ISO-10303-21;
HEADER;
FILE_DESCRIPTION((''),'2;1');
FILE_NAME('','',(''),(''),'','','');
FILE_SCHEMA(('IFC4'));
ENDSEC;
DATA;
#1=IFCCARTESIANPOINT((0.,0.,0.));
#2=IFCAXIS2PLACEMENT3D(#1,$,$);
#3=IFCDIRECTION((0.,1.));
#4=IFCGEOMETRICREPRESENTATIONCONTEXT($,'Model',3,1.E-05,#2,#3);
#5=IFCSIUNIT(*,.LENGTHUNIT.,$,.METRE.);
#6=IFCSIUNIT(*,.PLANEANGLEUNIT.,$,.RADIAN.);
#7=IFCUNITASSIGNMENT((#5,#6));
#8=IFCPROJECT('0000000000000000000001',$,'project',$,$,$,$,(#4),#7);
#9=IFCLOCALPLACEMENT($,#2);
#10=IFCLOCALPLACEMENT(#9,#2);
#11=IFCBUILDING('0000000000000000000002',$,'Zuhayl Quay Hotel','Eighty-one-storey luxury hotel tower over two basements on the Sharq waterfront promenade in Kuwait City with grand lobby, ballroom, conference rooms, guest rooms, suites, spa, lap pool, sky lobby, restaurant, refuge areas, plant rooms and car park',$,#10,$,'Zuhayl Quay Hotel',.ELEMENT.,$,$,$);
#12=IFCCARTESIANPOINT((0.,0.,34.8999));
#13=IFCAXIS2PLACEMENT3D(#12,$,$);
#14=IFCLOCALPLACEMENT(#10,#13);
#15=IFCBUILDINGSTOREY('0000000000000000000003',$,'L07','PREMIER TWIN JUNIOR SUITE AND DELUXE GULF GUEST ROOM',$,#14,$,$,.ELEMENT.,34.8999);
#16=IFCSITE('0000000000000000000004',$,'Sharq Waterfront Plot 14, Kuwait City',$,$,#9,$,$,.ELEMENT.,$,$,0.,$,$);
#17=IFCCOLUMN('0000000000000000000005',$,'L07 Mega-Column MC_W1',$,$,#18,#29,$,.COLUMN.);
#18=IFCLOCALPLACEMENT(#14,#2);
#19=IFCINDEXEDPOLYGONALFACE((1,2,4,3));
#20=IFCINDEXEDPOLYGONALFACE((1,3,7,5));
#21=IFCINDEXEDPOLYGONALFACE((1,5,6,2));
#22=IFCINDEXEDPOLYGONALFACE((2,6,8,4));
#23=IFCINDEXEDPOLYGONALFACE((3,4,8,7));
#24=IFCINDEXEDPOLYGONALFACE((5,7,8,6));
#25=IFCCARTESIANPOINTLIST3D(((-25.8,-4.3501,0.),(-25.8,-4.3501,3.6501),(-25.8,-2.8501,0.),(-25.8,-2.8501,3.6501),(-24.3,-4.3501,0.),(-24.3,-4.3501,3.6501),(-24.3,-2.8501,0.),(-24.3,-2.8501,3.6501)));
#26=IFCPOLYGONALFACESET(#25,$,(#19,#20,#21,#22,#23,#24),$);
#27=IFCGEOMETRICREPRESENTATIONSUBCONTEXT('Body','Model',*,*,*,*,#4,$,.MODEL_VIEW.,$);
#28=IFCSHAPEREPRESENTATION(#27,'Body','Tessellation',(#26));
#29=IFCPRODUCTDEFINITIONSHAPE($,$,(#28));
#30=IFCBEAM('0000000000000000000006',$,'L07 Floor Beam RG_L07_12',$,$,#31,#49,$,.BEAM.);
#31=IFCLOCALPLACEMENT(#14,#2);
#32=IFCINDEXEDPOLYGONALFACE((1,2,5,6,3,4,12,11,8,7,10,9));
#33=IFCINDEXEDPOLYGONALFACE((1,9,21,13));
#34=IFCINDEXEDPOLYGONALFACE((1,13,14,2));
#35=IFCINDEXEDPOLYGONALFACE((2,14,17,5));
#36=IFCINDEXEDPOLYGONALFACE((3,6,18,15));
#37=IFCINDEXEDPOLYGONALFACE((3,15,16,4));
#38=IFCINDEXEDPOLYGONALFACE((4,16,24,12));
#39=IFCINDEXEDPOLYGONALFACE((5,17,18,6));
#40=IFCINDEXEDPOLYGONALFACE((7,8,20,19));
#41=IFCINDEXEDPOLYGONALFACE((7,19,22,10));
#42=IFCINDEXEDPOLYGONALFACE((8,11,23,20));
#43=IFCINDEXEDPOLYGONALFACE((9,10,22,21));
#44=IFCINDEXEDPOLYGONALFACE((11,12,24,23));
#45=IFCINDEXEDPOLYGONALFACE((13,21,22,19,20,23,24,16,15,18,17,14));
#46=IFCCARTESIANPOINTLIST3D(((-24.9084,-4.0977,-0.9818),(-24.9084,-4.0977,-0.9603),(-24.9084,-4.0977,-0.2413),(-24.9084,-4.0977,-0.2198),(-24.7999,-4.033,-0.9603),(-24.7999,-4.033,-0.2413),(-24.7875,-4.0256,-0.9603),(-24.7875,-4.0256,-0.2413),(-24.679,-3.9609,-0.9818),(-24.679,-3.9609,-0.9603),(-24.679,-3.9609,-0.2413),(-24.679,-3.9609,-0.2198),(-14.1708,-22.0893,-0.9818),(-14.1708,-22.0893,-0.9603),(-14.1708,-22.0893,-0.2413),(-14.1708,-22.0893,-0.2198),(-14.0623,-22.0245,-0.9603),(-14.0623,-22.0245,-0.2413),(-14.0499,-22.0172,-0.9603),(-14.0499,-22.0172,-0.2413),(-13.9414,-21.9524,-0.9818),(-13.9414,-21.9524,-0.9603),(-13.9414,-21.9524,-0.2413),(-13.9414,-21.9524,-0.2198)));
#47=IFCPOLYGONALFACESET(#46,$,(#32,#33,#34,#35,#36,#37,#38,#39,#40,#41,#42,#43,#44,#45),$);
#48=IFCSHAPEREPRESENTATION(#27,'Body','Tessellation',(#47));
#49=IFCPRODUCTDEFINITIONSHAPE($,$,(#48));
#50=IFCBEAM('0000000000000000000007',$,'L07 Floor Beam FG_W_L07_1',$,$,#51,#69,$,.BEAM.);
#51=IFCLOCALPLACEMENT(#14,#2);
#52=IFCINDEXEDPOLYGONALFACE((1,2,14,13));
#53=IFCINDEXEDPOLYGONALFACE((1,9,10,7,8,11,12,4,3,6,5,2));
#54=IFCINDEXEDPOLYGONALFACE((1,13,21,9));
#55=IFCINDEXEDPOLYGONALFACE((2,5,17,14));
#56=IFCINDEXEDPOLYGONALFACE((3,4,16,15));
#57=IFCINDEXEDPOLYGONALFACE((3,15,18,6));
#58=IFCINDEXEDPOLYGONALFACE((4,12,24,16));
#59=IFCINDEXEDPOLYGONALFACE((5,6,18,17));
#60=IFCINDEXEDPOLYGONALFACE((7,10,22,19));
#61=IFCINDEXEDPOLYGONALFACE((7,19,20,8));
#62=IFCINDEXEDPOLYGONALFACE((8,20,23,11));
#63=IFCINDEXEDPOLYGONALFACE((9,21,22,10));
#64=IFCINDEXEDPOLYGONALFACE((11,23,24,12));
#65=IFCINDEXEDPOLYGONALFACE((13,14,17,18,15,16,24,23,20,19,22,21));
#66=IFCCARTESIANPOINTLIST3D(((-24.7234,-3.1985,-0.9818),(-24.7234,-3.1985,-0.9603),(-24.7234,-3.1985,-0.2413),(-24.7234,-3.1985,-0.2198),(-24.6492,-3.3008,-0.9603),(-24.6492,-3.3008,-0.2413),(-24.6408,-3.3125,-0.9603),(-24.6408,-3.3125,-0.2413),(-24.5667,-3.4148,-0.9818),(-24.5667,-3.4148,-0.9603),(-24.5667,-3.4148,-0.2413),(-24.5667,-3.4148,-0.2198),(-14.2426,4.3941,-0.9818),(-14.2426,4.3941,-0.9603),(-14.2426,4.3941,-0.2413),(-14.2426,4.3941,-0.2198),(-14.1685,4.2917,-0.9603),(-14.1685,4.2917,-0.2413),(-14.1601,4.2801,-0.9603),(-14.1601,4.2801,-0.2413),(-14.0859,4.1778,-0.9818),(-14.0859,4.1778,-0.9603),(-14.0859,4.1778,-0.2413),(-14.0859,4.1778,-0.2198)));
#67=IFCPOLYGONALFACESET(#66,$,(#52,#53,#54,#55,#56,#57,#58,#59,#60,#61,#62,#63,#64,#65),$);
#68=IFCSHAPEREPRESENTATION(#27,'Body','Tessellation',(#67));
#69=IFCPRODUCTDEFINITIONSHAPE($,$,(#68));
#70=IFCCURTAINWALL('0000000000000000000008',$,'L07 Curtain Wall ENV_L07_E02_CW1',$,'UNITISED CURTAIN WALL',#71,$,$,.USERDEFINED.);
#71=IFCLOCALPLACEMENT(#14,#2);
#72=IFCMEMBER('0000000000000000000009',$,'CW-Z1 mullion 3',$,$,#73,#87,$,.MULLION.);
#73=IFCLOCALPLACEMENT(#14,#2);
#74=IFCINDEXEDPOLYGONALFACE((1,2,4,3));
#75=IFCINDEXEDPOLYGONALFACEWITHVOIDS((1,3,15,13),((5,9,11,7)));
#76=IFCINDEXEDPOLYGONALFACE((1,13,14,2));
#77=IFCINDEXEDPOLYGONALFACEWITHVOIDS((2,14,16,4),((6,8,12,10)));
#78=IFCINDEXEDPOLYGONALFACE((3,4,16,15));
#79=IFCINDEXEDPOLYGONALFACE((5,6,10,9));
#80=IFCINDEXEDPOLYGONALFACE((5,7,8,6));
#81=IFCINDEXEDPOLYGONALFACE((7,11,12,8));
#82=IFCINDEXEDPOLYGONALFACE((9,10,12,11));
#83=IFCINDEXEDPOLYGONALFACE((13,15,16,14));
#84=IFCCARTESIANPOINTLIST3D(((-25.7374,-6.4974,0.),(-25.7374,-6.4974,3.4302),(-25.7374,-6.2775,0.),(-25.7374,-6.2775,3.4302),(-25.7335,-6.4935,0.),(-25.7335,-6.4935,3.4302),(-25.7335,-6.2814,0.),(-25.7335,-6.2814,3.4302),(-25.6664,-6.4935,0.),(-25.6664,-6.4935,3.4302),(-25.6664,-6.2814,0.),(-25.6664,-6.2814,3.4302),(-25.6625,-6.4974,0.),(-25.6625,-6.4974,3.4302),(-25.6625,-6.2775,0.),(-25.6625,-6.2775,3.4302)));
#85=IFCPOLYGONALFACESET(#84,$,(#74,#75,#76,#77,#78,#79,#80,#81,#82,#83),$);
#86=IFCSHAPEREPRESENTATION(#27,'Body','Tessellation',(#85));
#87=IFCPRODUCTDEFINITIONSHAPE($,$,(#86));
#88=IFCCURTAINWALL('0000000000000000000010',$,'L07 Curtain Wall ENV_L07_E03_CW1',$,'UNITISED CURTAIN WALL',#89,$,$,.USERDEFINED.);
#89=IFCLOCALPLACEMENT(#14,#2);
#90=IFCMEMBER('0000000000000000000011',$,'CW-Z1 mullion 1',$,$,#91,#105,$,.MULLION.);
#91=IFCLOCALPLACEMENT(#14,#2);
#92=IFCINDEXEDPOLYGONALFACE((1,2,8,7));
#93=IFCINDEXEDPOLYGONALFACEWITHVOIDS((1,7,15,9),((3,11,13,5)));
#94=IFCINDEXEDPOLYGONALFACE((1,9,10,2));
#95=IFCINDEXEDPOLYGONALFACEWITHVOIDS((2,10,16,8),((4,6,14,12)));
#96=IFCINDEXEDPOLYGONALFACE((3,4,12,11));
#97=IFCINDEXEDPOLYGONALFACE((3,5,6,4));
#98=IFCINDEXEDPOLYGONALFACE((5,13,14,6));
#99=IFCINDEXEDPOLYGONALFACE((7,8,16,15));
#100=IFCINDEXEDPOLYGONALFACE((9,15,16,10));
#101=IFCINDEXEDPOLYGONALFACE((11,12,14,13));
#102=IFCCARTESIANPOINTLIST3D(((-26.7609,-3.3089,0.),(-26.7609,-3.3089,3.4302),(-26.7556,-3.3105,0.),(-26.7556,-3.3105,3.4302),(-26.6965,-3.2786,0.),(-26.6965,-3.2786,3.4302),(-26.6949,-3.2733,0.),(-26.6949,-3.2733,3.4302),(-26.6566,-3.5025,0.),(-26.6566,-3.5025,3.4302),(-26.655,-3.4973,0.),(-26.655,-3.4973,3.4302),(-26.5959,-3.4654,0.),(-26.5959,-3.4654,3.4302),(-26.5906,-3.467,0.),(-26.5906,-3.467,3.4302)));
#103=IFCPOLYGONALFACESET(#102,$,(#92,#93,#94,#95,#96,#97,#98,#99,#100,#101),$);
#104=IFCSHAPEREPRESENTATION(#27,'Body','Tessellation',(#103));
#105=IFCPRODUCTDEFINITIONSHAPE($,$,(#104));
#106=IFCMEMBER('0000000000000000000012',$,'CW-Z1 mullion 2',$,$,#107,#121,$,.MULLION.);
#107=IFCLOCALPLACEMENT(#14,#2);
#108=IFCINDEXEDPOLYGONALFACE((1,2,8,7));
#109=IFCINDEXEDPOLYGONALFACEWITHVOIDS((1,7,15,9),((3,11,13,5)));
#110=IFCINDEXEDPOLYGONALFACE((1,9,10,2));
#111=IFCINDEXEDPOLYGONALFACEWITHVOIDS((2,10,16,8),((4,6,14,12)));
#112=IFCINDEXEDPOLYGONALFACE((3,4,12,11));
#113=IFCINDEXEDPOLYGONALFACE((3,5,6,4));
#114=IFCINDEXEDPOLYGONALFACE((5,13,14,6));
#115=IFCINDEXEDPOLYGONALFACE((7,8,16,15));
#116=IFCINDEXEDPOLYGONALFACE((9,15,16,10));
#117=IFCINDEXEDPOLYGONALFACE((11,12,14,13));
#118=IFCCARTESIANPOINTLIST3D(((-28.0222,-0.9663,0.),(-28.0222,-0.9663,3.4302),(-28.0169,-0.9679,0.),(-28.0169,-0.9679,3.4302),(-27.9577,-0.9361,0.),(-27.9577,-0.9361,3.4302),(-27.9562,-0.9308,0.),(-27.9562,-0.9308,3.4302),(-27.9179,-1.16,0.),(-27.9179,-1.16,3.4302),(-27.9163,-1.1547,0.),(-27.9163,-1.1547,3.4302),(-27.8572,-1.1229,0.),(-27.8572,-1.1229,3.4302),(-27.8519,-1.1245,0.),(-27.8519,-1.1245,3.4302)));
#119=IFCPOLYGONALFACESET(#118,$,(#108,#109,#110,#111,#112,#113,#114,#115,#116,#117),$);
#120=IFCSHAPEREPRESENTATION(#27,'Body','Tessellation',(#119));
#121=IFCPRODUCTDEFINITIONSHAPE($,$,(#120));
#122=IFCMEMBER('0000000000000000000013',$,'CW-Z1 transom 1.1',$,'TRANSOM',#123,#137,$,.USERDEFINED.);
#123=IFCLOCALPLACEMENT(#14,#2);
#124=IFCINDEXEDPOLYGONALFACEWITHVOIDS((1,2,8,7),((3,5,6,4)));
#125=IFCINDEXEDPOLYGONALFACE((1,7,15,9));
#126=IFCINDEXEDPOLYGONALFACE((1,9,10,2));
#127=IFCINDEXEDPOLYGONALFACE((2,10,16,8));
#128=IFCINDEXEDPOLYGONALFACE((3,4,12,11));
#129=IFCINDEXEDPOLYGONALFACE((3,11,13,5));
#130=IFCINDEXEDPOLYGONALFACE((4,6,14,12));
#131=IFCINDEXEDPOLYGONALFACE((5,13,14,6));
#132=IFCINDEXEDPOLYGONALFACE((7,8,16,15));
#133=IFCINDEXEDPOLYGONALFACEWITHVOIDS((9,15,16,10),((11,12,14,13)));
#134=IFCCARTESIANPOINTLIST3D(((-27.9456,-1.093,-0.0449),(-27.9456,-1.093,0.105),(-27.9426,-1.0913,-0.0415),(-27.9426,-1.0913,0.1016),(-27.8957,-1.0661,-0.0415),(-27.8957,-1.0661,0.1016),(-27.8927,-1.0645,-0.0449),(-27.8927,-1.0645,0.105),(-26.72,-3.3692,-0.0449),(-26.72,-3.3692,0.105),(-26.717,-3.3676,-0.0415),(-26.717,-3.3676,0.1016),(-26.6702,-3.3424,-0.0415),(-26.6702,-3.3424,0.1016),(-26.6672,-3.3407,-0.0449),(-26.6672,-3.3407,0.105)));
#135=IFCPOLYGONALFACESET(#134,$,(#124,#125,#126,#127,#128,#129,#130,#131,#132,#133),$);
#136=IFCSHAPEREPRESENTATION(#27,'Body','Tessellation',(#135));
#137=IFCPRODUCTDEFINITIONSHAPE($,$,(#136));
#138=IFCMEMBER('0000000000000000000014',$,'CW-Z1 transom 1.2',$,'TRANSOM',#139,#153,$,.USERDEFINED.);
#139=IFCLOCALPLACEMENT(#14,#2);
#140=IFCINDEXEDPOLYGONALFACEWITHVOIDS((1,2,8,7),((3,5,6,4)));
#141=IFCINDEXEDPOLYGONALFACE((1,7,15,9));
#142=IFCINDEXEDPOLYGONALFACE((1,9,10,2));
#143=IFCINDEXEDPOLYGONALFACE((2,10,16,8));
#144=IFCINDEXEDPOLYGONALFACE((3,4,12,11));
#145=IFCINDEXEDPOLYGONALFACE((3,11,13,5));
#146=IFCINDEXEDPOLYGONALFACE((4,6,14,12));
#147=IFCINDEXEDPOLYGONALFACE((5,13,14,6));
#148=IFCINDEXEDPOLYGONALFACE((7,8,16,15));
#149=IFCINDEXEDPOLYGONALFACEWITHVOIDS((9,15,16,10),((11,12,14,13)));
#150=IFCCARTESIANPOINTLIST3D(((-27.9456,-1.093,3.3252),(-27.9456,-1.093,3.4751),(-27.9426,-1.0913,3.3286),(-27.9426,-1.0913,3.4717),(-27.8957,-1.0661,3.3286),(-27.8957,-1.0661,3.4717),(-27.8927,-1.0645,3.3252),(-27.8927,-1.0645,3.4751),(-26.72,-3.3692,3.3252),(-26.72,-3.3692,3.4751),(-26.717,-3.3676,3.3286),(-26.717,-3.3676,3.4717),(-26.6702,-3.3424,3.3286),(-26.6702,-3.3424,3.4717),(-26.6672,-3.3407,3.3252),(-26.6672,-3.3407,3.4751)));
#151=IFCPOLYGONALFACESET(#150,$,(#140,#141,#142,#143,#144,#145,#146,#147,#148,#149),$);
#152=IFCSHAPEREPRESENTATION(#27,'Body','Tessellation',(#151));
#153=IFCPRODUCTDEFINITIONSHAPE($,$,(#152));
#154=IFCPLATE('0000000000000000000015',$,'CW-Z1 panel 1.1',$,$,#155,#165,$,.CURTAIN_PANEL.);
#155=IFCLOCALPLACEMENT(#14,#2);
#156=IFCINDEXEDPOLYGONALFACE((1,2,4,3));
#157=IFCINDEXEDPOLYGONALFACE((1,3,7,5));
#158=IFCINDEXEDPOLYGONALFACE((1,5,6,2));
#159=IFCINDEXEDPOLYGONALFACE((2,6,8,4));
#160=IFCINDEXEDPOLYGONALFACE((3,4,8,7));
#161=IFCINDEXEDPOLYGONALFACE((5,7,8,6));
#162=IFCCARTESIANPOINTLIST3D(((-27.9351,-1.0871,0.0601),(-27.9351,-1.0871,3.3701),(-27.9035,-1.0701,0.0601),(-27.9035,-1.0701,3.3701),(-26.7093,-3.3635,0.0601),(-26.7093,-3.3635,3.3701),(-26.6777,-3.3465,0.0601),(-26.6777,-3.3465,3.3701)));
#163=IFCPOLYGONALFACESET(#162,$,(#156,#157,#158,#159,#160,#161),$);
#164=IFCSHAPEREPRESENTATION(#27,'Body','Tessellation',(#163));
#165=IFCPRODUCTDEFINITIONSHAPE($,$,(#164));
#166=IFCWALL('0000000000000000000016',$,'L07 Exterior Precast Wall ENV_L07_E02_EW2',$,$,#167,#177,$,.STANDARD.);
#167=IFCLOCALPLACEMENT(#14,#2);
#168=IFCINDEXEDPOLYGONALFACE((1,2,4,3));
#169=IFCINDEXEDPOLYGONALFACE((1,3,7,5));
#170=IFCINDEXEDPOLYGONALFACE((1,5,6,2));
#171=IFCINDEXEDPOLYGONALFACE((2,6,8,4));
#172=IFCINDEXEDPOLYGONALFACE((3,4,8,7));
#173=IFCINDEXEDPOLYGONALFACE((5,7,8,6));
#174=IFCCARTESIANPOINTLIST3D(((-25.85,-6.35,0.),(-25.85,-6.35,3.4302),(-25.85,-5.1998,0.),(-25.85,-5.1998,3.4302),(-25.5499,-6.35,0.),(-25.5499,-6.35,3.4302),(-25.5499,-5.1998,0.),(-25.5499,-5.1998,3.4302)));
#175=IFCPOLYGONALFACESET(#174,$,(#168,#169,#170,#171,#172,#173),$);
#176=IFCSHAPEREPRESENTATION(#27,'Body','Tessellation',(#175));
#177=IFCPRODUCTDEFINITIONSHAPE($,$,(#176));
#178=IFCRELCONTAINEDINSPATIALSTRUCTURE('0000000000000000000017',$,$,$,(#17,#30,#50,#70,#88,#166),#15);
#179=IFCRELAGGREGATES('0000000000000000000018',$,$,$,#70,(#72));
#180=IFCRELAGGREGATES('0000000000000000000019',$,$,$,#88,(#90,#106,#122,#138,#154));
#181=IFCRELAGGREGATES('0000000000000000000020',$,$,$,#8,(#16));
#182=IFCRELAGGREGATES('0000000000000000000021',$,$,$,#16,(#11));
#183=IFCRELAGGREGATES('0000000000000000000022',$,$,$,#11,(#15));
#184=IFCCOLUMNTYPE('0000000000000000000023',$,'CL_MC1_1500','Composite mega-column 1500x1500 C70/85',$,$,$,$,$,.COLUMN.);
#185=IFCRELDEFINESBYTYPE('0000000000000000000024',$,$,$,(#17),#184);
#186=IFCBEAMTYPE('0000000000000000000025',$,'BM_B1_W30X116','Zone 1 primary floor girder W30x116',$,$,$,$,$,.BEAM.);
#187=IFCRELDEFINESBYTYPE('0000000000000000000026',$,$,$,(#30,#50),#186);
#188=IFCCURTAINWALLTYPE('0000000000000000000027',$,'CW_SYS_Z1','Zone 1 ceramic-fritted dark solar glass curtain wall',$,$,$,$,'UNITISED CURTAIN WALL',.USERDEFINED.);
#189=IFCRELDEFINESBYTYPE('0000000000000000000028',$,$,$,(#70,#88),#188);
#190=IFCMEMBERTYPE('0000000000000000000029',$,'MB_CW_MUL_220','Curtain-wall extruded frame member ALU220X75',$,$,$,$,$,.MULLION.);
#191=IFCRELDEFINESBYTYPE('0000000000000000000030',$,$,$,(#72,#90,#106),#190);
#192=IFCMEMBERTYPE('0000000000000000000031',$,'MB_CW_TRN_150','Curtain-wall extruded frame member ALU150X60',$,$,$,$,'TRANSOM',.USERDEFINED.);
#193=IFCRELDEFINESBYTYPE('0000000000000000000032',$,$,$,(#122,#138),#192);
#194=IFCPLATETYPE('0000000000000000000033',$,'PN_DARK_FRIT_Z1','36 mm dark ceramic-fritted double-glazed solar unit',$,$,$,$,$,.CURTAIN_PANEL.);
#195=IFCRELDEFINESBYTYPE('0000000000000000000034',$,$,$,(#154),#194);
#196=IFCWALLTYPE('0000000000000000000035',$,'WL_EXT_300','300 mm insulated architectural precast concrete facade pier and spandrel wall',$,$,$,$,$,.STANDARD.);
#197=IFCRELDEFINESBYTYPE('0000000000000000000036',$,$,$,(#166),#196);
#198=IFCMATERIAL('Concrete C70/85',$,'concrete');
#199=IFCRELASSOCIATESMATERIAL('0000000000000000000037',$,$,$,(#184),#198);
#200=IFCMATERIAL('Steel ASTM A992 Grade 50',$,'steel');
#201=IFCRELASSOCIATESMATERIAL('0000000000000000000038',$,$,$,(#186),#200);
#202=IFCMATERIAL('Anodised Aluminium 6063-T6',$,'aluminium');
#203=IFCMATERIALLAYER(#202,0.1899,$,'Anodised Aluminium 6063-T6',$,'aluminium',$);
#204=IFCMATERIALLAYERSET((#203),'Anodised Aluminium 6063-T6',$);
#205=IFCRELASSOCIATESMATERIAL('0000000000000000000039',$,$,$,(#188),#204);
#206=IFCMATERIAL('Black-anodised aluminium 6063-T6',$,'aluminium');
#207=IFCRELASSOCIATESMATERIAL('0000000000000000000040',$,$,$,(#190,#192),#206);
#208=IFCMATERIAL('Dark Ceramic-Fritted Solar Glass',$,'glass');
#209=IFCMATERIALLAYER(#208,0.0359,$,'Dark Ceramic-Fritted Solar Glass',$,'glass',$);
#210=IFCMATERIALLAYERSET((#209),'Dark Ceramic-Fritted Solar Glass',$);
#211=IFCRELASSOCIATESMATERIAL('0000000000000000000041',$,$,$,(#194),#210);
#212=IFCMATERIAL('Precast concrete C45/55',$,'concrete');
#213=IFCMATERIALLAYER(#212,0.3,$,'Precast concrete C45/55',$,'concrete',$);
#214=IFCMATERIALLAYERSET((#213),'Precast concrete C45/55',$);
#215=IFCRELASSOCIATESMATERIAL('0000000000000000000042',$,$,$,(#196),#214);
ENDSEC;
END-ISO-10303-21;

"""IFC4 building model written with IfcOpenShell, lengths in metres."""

from ifc_helpers import new_model, si_unit, direction, frame, frame_2d, origin, origin_2d, place, context, subcontext, project, spatial, rectangle, hollow_rectangle, i_section, extrude, material, layer, layer_set, material_profile, profile_set, type_object, element, aggregate, save


model = new_model("IFC4")

# Units and contexts
model_context = context("Model", 3, precision=1e-05, world=origin(), true_north=direction((0.0, 1.0)))
body_context = subcontext(model_context, "Body", "Model", "MODEL_VIEW")
ifc_project = project(units=[si_unit("LENGTHUNIT", "METRE"), si_unit("PLANEANGLEUNIT", "RADIAN")], contexts=[model_context])

# Site, building, storey
site_placement = place(None, origin())
site = spatial("IfcSite", under=ifc_project, at=site_placement, Name="Sharq Waterfront Plot 14, Kuwait City", CompositionType="ELEMENT", RefElevation=0.0)
building_placement = place(site_placement, origin())
building = spatial("IfcBuilding", under=site, at=building_placement, Name="Zuhayl Quay Hotel", Description="Eighty-one-storey luxury hotel tower over two basements on the Sharq waterfront promenade in Kuwait City with grand lobby, ballroom, conference rooms, guest rooms, suites, spa, lap pool, sky lobby, restaurant, refuge areas, plant rooms and car park", LongName="Zuhayl Quay Hotel", CompositionType="ELEMENT")
storey_placement = place(building_placement, frame((0.0, 0.0, 34.8999)))
storey = spatial("IfcBuildingStorey", under=building, at=storey_placement, Name="L07", Description="PREMIER TWIN JUNIOR SUITE AND DELUXE GULF GUEST ROOM", CompositionType="ELEMENT", Elevation=34.8999)

# Column
ifc_material_1 = material(Name="Concrete C70/85", Category="concrete")
ifc_material_profile_1 = material_profile(ifc_material_1, rectangle(XDim=1.5, YDim=1.5, at=origin_2d()), Name="RC1500X1500")
ifc_profile_set_1 = profile_set([ifc_material_profile_1], Name="Concrete C70/85")
column_type = type_object("IfcColumnType", Name="CL_MC1_1500", Description="Composite mega-column 1500x1500 C70/85", PredefinedType="COLUMN", material=ifc_profile_set_1)
column_placement = place(storey_placement, frame((-25.05, -3.6001, 0.0), z_axis=(0.0, 0.0, 1.0), x_axis=(1.0, 0.0, 0.0)))
element("IfcColumn", 1, at=column_placement, inside=storey, type_object=column_type, Name="L07 Mega-Column MC_W1", PredefinedType="COLUMN", context=body_context, shape_type="SweptSolid", body=[
    extrude(rectangle(XDim=1.5, YDim=1.5, at=origin_2d()), origin(), (0.0, 0.0, 1.0), 3.6501),
])

# Beams
ifc_material_2 = material(Name="Steel ASTM A992 Grade 50", Category="steel")
ifc_material_profile_2 = material_profile(ifc_material_2, i_section(OverallWidth=0.2671, OverallDepth=0.762, WebThickness=0.0144, FlangeThickness=0.0215, at=origin_2d()), Name="W30X116")
ifc_profile_set_2 = profile_set([ifc_material_profile_2], Name="Steel ASTM A992 Grade 50")
beam_type = type_object("IfcBeamType", Name="BM_B1_W30X116", Description="Zone 1 primary floor girder W30x116", PredefinedType="BEAM", material=ifc_profile_set_2)
beam_1_placement = place(storey_placement, frame((-24.7937, -4.0293, -0.6008), z_axis=(0.512483, -0.858698, 0.0), x_axis=(0.858698, 0.512483, 0.0)))
element("IfcBeam", 2, at=beam_1_placement, inside=storey, type_object=beam_type, Name="L07 Floor Beam RG_L07_12", PredefinedType="BEAM", context=body_context, shape_type="SweptSolid", body=[
    extrude(i_section(OverallWidth=0.2671, OverallDepth=0.762, WebThickness=0.0144, FlangeThickness=0.0215, at=origin_2d()), origin(), (0.0, 0.0, 1.0), 20.9521),
])
beam_2_placement = place(storey_placement, frame((-24.645, -3.3066, -0.6008), z_axis=(0.80983, 0.586664, 0.0), x_axis=(-0.586664, 0.80983, 0.0)))
element("IfcBeam", 3, at=beam_2_placement, inside=storey, type_object=beam_type, Name="L07 Floor Beam FG_W_L07_1", PredefinedType="BEAM", context=body_context, shape_type="SweptSolid", body=[
    extrude(i_section(OverallWidth=0.2671, OverallDepth=0.762, WebThickness=0.0144, FlangeThickness=0.0215, at=origin_2d()), origin(), (0.0, 0.0, 1.0), 12.9419),
])

# Curtain wall, member
ifc_material_3 = material(Name="Anodised Aluminium 6063-T6", Category="aluminium")
ifc_layer_1 = layer(ifc_material_3, 0.1899, Name="Anodised Aluminium 6063-T6", Category="aluminium")
ifc_layer_set_1 = layer_set([ifc_layer_1], Name="Anodised Aluminium 6063-T6")
curtain_wall_type = type_object("IfcCurtainWallType", Name="CW_SYS_Z1", Description="Zone 1 ceramic-fritted dark solar glass curtain wall", ElementType="UNITISED CURTAIN WALL", PredefinedType="USERDEFINED", material=ifc_layer_set_1)
curtain_wall_1_placement = place(storey_placement, origin())
curtain_wall_1 = element("IfcCurtainWall", 4, at=curtain_wall_1_placement, inside=storey, type_object=curtain_wall_type, Name="L07 Curtain Wall ENV_L07_E02_CW1", ObjectType="UNITISED CURTAIN WALL", PredefinedType="USERDEFINED")
ifc_material_4 = material(Name="Black-anodised aluminium 6063-T6", Category="aluminium")
ifc_material_profile_3 = material_profile(ifc_material_4, hollow_rectangle(XDim=0.075, YDim=0.22, WallThickness=0.0039, at=origin_2d()), Name="ALU220X75")
ifc_profile_set_3 = profile_set([ifc_material_profile_3], Name="Black-anodised aluminium 6063-T6")
member_type_1 = type_object("IfcMemberType", Name="MB_CW_MUL_220", Description="Curtain-wall extruded frame member ALU220X75", PredefinedType="MULLION", material=ifc_profile_set_3)
member_1_placement = place(storey_placement, frame((-25.7, -6.3875, 0.0), z_axis=(0.0, 0.0, 1.0), x_axis=(-1.0, 0.0, 0.0)))
member_1 = element("IfcMember", 5, at=member_1_placement, type_object=member_type_1, Name="CW-Z1 mullion 3", PredefinedType="MULLION", context=body_context, shape_type="SweptSolid", body=[
    extrude(hollow_rectangle(XDim=0.075, YDim=0.22, WallThickness=0.0039, at=origin_2d()), origin(), (0.0, 0.0, 1.0), 3.4302),
])
aggregate(curtain_wall_1, [member_1])

# Curtain wall, members, plate
curtain_wall_2_placement = place(storey_placement, origin())
curtain_wall_2 = element("IfcCurtainWall", 6, at=curtain_wall_2_placement, inside=storey, type_object=curtain_wall_type, Name="L07 Curtain Wall ENV_L07_E03_CW1", ObjectType="UNITISED CURTAIN WALL", PredefinedType="USERDEFINED")
member_2_placement = place(storey_placement, frame((-26.6758, -3.3879, 0.0), z_axis=(0.0, 0.0, 1.0), x_axis=(-0.880476, -0.474091, 0.0)))
member_2 = element("IfcMember", 7, at=member_2_placement, type_object=member_type_1, Name="CW-Z1 mullion 1", PredefinedType="MULLION", context=body_context, shape_type="SweptSolid", body=[
    extrude(hollow_rectangle(XDim=0.075, YDim=0.22, WallThickness=0.0039, at=origin_2d()), origin(), (0.0, 0.0, 1.0), 3.4302),
])
member_3_placement = place(storey_placement, frame((-27.937, -1.0454, 0.0), z_axis=(0.0, 0.0, 1.0), x_axis=(-0.880476, -0.474091, 0.0)))
member_3 = element("IfcMember", 8, at=member_3_placement, type_object=member_type_1, Name="CW-Z1 mullion 2", PredefinedType="MULLION", context=body_context, shape_type="SweptSolid", body=[
    extrude(hollow_rectangle(XDim=0.075, YDim=0.22, WallThickness=0.0039, at=origin_2d()), origin(), (0.0, 0.0, 1.0), 3.4302),
])
ifc_material_profile_4 = material_profile(ifc_material_4, hollow_rectangle(XDim=0.0601, YDim=0.1499, WallThickness=0.0034, at=origin_2d()), Name="ALU150X60")
ifc_profile_set_4 = profile_set([ifc_material_profile_4], Name="Black-anodised aluminium 6063-T6")
member_type_2 = type_object("IfcMemberType", Name="MB_CW_TRN_150", Description="Curtain-wall extruded frame member ALU150X60", ElementType="TRANSOM", PredefinedType="USERDEFINED", material=ifc_profile_set_4)
member_4_placement = place(storey_placement, frame((-26.6936, -3.355, 0.03), z_axis=(-0.474055, 0.880495, 0.0), x_axis=(-0.880495, -0.474055, 0.0)))
member_4 = element("IfcMember", 9, at=member_4_placement, type_object=member_type_2, Name="CW-Z1 transom 1.1", ObjectType="TRANSOM", PredefinedType="USERDEFINED", context=body_context, shape_type="SweptSolid", body=[
    extrude(hollow_rectangle(XDim=0.0601, YDim=0.1499, WallThickness=0.0034, at=origin_2d()), origin(), (0.0, 0.0, 1.0), 2.5852),
])
member_5_placement = place(storey_placement, frame((-26.6936, -3.355, 3.4001), z_axis=(-0.474055, 0.880495, 0.0), x_axis=(-0.880495, -0.474055, 0.0)))
member_5 = element("IfcMember", 10, at=member_5_placement, type_object=member_type_2, Name="CW-Z1 transom 1.2", ObjectType="TRANSOM", PredefinedType="USERDEFINED", context=body_context, shape_type="SweptSolid", body=[
    extrude(hollow_rectangle(XDim=0.0601, YDim=0.1499, WallThickness=0.0034, at=origin_2d()), origin(), (0.0, 0.0, 1.0), 2.5852),
])
ifc_material_5 = material(Name="Dark Ceramic-Fritted Solar Glass", Category="glass")
ifc_layer_2 = layer(ifc_material_5, 0.0359, Name="Dark Ceramic-Fritted Solar Glass", Category="glass")
ifc_layer_set_2 = layer_set([ifc_layer_2], Name="Dark Ceramic-Fritted Solar Glass")
plate_type = type_object("IfcPlateType", Name="PN_DARK_FRIT_Z1", Description="36 mm dark ceramic-fritted double-glazed solar unit", PredefinedType="CURTAIN_PANEL", material=ifc_layer_set_2)
plate_placement = place(storey_placement, frame((-27.3064, -2.2168, 0.0601), z_axis=(0.0, 0.0, 1.0), x_axis=(-0.474091, 0.880476, 0.0)))
plate = element("IfcPlate", 11, at=plate_placement, type_object=plate_type, Name="CW-Z1 panel 1.1", PredefinedType="CURTAIN_PANEL", context=body_context, shape_type="SweptSolid", body=[
    extrude(rectangle(XDim=2.5854, YDim=0.0359, at=origin_2d()), origin(), (0.0, 0.0, 1.0), 3.3101),
])
aggregate(curtain_wall_2, [member_2, member_3, member_4, member_5, plate])

# Wall
ifc_material_6 = material(Name="Precast concrete C45/55", Category="concrete")
ifc_layer_3 = layer(ifc_material_6, 0.3, Name="Precast concrete C45/55", Category="concrete")
ifc_layer_set_3 = layer_set([ifc_layer_3], Name="Precast concrete C45/55")
wall_type_1 = type_object("IfcWallType", Name="WL_EXT_300", Description="300 mm insulated architectural precast concrete facade pier and spandrel wall", PredefinedType="STANDARD", material=ifc_layer_set_3)
wall_1_placement = place(storey_placement, frame((-25.7, -6.3501, 0.0), z_axis=(0.0, 0.0, 1.0), x_axis=(0.0, 1.0, 0.0)))
element("IfcWall", 12, at=wall_1_placement, inside=storey, type_object=wall_type_1, Name="L07 Exterior Precast Wall ENV_L07_E02_EW2", PredefinedType="STANDARD", context=body_context, shape_type="SweptSolid", body=[
    extrude(rectangle(XDim=1.1501, YDim=0.3, at=frame_2d((0.5752, 0.0))), origin(), (0.0, 0.0, 1.0), 3.4302),
])

save(model, "model.ifc")
